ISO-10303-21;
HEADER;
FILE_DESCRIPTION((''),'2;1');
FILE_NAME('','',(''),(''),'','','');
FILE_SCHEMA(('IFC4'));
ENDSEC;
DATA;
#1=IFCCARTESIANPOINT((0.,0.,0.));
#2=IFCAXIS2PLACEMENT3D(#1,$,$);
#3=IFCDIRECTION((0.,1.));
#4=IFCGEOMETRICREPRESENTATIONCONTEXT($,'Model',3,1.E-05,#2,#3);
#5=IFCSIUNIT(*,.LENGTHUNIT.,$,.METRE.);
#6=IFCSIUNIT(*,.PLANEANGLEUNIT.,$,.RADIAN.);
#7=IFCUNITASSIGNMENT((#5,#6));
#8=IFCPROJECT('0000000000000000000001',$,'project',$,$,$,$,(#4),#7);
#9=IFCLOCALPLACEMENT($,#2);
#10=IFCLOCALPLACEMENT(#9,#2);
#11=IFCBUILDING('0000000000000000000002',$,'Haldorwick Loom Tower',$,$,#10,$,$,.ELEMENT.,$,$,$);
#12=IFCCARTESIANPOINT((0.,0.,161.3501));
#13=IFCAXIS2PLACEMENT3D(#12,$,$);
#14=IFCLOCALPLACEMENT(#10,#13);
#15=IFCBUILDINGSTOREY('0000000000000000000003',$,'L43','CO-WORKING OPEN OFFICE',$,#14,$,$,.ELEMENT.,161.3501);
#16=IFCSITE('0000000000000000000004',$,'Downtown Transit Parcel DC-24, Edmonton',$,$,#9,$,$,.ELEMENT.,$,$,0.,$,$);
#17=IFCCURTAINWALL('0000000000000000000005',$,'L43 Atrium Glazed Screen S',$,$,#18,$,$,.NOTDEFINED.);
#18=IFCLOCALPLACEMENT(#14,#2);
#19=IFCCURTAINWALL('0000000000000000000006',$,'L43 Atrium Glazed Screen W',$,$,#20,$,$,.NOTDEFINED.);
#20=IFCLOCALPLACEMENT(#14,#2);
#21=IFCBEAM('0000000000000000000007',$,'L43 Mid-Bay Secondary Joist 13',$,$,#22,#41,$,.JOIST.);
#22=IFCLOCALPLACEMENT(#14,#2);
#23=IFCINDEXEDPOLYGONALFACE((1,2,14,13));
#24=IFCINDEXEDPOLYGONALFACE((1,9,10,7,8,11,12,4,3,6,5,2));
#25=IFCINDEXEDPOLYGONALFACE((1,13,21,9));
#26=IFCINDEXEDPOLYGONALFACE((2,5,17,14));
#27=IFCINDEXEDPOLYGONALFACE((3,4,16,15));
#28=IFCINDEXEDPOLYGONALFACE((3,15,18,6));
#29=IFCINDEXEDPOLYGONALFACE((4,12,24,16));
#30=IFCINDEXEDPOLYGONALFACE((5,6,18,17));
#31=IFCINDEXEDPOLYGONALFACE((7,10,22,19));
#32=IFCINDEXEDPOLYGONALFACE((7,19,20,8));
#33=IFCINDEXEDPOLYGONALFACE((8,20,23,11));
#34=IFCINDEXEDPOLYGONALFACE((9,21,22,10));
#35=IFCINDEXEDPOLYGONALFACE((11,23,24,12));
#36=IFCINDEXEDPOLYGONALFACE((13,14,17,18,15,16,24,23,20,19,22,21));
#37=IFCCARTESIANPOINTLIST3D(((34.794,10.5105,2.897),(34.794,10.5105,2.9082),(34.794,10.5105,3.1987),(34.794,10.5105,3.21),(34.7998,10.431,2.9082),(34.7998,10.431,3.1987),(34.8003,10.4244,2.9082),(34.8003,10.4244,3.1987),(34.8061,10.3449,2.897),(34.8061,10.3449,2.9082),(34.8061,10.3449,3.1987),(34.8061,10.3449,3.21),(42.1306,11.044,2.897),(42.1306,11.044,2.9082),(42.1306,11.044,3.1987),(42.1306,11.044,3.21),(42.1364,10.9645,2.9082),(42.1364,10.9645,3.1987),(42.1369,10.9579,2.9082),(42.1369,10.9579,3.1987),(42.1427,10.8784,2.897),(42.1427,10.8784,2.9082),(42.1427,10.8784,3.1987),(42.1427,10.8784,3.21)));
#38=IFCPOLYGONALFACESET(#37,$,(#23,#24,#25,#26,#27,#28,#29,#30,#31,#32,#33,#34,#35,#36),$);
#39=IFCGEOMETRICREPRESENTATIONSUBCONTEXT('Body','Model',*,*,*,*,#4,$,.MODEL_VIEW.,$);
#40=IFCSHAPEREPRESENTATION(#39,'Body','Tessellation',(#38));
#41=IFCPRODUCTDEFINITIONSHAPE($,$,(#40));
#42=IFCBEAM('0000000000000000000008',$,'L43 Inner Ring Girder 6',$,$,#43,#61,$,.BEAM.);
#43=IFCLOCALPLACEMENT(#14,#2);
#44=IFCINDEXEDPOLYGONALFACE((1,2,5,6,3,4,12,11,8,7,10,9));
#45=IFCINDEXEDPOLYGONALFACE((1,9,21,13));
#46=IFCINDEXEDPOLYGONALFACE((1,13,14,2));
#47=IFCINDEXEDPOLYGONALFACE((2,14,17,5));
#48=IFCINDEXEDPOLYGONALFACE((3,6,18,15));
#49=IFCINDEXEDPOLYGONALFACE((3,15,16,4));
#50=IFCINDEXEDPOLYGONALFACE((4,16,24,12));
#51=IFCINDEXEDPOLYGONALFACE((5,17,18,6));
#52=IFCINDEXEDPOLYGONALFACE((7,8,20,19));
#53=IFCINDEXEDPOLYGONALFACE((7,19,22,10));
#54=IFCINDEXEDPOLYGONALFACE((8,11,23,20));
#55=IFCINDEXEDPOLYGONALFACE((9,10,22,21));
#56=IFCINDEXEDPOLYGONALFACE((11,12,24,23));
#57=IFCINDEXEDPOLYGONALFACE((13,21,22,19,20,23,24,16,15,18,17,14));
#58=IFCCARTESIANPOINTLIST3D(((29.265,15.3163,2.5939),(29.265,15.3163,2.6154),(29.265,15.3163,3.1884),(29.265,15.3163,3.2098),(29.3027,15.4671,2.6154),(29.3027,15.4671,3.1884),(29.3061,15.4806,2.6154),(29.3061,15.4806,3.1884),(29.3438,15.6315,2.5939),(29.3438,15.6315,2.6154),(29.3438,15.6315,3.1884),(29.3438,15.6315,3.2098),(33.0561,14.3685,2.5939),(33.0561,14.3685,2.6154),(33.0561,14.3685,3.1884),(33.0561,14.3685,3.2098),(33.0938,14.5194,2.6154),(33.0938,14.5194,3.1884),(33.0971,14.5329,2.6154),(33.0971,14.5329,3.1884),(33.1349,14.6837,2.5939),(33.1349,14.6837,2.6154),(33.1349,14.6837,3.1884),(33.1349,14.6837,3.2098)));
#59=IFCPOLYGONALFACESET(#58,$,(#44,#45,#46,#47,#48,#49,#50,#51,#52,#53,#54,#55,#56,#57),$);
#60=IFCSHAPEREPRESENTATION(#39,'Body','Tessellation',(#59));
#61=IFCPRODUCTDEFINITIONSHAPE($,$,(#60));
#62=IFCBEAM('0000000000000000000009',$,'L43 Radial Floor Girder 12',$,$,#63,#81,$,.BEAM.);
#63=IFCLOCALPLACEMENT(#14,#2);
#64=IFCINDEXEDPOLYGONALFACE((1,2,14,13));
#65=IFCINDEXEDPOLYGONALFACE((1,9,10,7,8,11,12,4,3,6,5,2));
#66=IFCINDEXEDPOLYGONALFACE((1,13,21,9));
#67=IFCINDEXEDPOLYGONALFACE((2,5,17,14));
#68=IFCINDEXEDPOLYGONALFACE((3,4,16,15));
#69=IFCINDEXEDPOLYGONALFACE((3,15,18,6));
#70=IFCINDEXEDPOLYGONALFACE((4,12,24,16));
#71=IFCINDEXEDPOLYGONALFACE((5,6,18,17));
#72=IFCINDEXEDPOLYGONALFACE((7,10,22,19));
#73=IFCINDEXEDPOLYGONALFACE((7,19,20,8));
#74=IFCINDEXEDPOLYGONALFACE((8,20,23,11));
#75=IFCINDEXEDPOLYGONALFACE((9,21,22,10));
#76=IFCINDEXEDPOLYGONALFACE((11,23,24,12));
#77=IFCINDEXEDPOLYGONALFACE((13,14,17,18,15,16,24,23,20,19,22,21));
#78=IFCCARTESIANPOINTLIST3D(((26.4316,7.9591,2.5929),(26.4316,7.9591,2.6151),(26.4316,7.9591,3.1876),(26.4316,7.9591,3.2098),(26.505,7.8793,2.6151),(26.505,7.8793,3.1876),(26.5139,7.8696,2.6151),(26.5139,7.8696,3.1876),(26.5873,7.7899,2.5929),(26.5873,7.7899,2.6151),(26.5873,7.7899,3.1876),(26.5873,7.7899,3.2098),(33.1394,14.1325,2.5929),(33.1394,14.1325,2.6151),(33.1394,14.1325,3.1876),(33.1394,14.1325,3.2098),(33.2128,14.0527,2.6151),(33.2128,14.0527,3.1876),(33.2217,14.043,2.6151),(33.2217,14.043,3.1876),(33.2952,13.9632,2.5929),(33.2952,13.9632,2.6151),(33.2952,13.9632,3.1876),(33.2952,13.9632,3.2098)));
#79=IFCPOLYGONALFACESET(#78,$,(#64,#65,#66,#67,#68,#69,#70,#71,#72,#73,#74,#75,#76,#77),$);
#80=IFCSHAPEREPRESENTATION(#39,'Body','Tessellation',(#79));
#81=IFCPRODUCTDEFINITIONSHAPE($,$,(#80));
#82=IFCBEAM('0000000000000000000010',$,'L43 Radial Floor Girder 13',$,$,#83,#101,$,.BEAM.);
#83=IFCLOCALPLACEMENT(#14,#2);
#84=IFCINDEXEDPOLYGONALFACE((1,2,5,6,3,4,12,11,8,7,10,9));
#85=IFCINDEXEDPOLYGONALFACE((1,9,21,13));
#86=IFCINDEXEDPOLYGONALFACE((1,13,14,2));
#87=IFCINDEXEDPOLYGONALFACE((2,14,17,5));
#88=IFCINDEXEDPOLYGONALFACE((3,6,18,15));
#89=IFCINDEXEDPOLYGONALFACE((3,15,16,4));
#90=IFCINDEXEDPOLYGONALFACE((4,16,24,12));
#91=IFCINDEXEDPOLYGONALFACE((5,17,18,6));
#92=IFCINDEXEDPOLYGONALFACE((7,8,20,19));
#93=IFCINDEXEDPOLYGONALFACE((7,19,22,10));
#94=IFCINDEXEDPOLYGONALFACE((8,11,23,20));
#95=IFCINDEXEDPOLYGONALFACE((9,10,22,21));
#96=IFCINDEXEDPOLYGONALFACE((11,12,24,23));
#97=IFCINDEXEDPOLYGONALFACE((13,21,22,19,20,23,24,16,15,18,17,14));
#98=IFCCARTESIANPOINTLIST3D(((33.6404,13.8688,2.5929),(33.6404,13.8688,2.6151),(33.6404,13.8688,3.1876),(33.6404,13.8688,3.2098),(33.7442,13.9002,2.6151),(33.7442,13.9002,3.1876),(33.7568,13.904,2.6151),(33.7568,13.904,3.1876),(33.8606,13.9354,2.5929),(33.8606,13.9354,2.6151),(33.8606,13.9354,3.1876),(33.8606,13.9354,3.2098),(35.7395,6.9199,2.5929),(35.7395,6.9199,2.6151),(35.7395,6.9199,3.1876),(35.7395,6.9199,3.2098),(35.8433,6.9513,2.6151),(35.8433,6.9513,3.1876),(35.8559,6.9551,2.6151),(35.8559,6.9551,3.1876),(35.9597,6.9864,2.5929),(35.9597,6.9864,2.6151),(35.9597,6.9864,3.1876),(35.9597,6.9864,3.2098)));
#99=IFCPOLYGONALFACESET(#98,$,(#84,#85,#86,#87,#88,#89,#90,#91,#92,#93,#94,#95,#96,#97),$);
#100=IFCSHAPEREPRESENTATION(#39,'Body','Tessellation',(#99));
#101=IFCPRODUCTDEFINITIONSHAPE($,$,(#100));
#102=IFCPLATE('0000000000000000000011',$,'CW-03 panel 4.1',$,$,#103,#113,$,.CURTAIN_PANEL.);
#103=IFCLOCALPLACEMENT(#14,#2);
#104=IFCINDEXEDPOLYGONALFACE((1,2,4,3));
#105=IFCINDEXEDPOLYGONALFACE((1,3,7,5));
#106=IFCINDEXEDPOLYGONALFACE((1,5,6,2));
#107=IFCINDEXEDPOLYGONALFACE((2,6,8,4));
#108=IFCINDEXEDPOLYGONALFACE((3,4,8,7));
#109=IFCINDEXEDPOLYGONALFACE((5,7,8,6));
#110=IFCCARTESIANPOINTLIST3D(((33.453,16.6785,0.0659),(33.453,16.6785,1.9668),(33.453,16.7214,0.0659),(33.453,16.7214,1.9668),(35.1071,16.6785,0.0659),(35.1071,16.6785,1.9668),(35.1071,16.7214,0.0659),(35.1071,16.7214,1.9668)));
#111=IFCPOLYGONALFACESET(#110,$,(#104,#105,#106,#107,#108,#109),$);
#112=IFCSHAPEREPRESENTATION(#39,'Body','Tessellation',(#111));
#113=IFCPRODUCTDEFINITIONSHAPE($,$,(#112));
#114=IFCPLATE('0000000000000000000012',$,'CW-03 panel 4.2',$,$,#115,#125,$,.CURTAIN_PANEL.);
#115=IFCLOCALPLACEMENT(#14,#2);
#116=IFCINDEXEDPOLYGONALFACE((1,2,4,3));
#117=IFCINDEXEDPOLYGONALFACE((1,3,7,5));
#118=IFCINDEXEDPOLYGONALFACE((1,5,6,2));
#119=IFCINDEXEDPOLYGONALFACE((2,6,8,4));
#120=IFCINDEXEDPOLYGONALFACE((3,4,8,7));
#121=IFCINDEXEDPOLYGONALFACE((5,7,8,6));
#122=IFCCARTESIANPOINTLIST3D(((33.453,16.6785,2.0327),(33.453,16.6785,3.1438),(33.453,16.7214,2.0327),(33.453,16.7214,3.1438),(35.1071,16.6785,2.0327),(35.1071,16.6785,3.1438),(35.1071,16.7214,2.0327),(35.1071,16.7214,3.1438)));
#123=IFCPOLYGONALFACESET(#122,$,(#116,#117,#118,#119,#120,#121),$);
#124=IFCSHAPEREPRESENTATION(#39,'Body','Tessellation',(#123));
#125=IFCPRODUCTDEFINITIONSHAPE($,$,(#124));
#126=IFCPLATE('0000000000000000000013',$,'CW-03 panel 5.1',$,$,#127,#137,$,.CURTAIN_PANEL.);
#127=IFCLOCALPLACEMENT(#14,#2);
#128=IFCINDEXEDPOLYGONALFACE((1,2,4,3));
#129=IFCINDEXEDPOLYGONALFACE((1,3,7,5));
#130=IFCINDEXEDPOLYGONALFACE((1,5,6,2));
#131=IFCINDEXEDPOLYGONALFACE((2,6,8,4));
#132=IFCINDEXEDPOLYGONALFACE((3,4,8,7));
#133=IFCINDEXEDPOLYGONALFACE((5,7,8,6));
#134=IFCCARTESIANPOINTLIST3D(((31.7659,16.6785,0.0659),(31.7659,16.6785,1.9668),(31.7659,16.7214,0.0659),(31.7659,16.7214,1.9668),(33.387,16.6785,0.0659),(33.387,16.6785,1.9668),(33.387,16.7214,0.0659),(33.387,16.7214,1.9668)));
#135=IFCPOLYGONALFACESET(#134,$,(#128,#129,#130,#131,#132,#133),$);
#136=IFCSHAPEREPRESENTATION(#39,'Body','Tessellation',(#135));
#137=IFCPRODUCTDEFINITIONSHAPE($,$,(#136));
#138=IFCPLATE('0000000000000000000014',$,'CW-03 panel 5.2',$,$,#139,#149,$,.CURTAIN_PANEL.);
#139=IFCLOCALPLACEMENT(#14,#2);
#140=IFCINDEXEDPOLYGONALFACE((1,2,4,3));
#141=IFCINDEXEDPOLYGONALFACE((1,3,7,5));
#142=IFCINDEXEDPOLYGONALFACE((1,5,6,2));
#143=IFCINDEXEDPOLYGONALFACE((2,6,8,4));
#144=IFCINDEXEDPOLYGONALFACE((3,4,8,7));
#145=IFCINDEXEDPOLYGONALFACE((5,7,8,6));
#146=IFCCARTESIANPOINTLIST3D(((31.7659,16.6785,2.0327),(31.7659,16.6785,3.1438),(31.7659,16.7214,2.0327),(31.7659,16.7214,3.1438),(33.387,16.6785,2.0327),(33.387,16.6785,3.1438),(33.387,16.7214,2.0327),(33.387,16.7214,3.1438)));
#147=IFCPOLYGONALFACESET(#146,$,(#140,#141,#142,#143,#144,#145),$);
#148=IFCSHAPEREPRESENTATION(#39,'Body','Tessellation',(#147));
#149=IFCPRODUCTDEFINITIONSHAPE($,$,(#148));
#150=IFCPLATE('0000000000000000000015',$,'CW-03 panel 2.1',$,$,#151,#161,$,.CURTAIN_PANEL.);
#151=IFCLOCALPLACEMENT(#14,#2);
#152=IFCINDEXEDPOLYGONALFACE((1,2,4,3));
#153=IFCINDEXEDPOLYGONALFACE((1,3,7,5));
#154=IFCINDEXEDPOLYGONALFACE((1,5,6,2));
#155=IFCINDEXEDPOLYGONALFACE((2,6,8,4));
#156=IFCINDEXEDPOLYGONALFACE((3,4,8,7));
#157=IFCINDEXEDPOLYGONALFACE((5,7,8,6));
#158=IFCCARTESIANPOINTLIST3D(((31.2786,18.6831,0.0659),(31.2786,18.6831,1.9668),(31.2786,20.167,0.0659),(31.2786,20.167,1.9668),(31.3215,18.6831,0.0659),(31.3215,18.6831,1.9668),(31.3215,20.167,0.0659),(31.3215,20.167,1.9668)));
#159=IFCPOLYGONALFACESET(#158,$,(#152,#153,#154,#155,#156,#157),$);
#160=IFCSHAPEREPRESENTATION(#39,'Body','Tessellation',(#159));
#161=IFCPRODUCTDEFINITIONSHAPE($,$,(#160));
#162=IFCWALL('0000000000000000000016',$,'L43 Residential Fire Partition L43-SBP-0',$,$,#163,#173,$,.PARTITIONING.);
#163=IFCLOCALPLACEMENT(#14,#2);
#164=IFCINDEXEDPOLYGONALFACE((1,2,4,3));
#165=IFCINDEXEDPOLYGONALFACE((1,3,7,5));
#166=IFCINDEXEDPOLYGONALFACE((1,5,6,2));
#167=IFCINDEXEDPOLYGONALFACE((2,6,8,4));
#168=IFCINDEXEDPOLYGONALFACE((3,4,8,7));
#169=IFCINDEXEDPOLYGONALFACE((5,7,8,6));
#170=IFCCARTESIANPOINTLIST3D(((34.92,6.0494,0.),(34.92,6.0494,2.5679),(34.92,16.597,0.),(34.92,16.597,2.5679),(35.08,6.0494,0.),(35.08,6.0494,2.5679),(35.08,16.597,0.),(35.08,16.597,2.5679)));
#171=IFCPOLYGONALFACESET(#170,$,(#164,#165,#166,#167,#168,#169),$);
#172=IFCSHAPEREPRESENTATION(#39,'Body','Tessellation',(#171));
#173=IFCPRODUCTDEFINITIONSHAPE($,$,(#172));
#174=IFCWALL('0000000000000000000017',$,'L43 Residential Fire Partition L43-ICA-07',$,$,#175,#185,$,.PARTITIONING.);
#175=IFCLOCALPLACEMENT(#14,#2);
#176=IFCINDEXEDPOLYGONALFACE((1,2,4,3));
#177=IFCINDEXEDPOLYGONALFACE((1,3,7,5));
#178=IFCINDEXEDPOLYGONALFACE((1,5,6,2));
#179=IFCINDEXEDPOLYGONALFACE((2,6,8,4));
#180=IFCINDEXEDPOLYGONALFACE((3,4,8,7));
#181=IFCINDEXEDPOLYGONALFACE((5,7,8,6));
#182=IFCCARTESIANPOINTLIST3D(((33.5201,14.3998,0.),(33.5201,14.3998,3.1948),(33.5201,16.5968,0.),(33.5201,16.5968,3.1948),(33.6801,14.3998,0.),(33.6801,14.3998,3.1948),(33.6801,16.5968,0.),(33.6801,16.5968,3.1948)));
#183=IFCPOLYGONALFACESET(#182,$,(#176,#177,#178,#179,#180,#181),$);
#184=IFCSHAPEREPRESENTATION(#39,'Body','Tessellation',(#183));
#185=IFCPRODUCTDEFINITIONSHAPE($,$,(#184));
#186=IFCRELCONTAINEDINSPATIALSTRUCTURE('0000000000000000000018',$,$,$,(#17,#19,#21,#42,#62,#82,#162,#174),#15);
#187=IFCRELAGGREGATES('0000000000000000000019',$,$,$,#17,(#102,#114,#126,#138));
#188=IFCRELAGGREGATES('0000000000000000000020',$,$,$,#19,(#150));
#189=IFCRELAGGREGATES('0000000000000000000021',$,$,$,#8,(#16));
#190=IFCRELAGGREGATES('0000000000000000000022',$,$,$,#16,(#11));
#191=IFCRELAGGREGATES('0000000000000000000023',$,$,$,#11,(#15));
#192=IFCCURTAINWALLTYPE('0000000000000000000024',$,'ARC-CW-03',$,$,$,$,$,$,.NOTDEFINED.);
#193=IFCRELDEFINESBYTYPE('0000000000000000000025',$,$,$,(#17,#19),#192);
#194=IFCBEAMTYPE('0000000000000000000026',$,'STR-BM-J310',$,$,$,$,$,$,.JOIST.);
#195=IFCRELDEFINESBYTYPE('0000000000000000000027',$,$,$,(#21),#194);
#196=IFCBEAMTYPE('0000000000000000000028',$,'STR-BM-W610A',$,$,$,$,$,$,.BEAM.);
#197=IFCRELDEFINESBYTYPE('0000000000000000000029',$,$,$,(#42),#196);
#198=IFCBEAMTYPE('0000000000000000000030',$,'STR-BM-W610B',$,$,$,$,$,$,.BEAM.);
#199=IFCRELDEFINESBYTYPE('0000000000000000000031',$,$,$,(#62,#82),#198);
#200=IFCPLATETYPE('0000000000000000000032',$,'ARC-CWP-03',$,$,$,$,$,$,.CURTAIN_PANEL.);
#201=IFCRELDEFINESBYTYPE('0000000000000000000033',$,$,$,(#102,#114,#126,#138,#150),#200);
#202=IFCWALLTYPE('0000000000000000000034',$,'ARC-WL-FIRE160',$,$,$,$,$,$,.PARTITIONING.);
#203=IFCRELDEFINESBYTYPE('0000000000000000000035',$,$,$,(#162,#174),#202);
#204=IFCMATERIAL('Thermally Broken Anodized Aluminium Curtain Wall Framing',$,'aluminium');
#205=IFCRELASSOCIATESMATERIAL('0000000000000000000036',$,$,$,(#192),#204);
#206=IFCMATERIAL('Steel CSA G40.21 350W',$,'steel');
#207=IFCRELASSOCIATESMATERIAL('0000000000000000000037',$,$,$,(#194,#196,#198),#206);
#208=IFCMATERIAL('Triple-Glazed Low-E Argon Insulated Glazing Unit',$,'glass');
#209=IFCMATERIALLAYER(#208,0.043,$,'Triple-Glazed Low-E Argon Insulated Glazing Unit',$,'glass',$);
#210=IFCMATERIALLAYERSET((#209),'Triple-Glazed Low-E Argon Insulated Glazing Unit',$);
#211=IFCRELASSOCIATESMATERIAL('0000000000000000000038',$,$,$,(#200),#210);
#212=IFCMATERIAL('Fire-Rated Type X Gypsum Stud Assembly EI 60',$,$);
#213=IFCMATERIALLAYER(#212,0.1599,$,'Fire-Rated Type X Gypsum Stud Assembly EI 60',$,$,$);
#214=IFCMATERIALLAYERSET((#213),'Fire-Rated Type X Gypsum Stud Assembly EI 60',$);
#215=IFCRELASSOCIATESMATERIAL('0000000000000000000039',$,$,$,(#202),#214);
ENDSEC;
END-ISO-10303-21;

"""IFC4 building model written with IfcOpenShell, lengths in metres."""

from ifc_helpers import new_model, si_unit, direction, frame, frame_2d, origin, origin_2d, place, context, subcontext, project, spatial, rectangle, i_section, extrude, material, layer, layer_set, material_profile, profile_set, type_object, element, aggregate, save


model = new_model("IFC4")

# Units and contexts
model_context = context("Model", 3, precision=1e-05, world=origin(), true_north=direction((0.0, 1.0)))
body_context = subcontext(model_context, "Body", "Model", "MODEL_VIEW")
ifc_project = project(units=[si_unit("LENGTHUNIT", "METRE"), si_unit("PLANEANGLEUNIT", "RADIAN")], contexts=[model_context])

# Site, building, storey
site_placement = place(None, origin())
site = spatial("IfcSite", under=ifc_project, at=site_placement, Name="Downtown Transit Parcel DC-24, Edmonton", CompositionType="ELEMENT", RefElevation=0.0)
building_placement = place(site_placement, origin())
building = spatial("IfcBuilding", under=site, at=building_placement, Name="Haldorwick Loom Tower", CompositionType="ELEMENT")
storey_placement = place(building_placement, frame((0.0, 0.0, 161.3501)))
storey = spatial("IfcBuildingStorey", under=building, at=storey_placement, Name="L43", Description="CO-WORKING OPEN OFFICE", CompositionType="ELEMENT", Elevation=161.3501)

# Curtain walls
ifc_material_1 = material(Name="Thermally Broken Anodized Aluminium Curtain Wall Framing", Category="aluminium")
curtain_wall_type = type_object("IfcCurtainWallType", Name="ARC-CW-03", PredefinedType="NOTDEFINED", material=ifc_material_1)
curtain_wall_1_placement = place(storey_placement, origin())
curtain_wall_1 = element("IfcCurtainWall", 1, at=curtain_wall_1_placement, inside=storey, type_object=curtain_wall_type, Name="L43 Atrium Glazed Screen S", PredefinedType="NOTDEFINED")
curtain_wall_2_placement = place(storey_placement, origin())
curtain_wall_2 = element("IfcCurtainWall", 2, at=curtain_wall_2_placement, inside=storey, type_object=curtain_wall_type, Name="L43 Atrium Glazed Screen W", PredefinedType="NOTDEFINED")

# Beams
ifc_material_2 = material(Name="Steel CSA G40.21 350W", Category="steel")
ifc_material_profile_1 = material_profile(ifc_material_2, i_section(OverallWidth=0.166, OverallDepth=0.313, WebThickness=0.0066, FlangeThickness=0.0112, at=origin_2d()), Name="W310X45", Category="steel")
ifc_profile_set_1 = profile_set([ifc_material_profile_1], Name="Steel CSA G40.21 350W")
beam_type_1 = type_object("IfcBeamType", Name="STR-BM-J310", PredefinedType="JOIST", material=ifc_profile_set_1)
beam_1_placement = place(storey_placement, frame((34.8, 10.4277, 3.0535), z_axis=(0.997367, 0.072518, 0.0), x_axis=(-0.072518, 0.997367, 0.0)))
element("IfcBeam", 3, at=beam_1_placement, inside=storey, type_object=beam_type_1, Name="L43 Mid-Bay Secondary Joist 13", PredefinedType="JOIST", context=body_context, shape_type="SweptSolid", body=[
    extrude(i_section(OverallWidth=0.166, OverallDepth=0.313, WebThickness=0.0066, FlangeThickness=0.0112, at=origin_2d()), origin(), (0.0, 0.0, 1.0), 7.356),
])
ifc_material_profile_2 = material_profile(ifc_material_2, i_section(OverallWidth=0.325, OverallDepth=0.616, WebThickness=0.0139, FlangeThickness=0.0215, at=origin_2d()), Name="W610X174", Category="steel")
ifc_profile_set_2 = profile_set([ifc_material_profile_2], Name="Steel CSA G40.21 350W")
beam_type_2 = type_object("IfcBeamType", Name="STR-BM-W610A", PredefinedType="BEAM", material=ifc_profile_set_2)
beam_2_placement = place(storey_placement, frame((33.0955, 14.5261, 2.9019), z_axis=(-0.970143, 0.242536, 0.0), x_axis=(-0.242536, -0.970143, 0.0)))
element("IfcBeam", 4, at=beam_2_placement, inside=storey, type_object=beam_type_2, Name="L43 Inner Ring Girder 6", PredefinedType="BEAM", context=body_context, shape_type="SweptSolid", body=[
    extrude(i_section(OverallWidth=0.325, OverallDepth=0.616, WebThickness=0.0139, FlangeThickness=0.0215, at=origin_2d()), origin(), (0.0, 0.0, 1.0), 3.9077),
])
ifc_material_profile_3 = material_profile(ifc_material_2, i_section(OverallWidth=0.23, OverallDepth=0.6169, WebThickness=0.0132, FlangeThickness=0.0222, at=origin_2d()), Name="W610X140", Category="steel")
ifc_profile_set_3 = profile_set([ifc_material_profile_3], Name="Steel CSA G40.21 350W")
beam_type_3 = type_object("IfcBeamType", Name="STR-BM-W610B", PredefinedType="BEAM", material=ifc_profile_set_3)
beam_3_placement = place(storey_placement, frame((33.2173, 14.0479, 2.9014), z_axis=(-0.735811, -0.677187, 0.0), x_axis=(0.677187, -0.735811, 0.0)))
element("IfcBeam", 5, at=beam_3_placement, inside=storey, type_object=beam_type_3, Name="L43 Radial Floor Girder 12", PredefinedType="BEAM", context=body_context, shape_type="SweptSolid", body=[
    extrude(i_section(OverallWidth=0.23, OverallDepth=0.6169, WebThickness=0.0132, FlangeThickness=0.0222, at=origin_2d()), origin(), (0.0, 0.0, 1.0), 9.1162),
])
beam_4_placement = place(storey_placement, frame((33.7505, 13.9021, 2.9014), z_axis=(0.289171, -0.957277, 0.0), x_axis=(0.957277, 0.289171, 0.0)))
element("IfcBeam", 6, at=beam_4_placement, inside=storey, type_object=beam_type_3, Name="L43 Radial Floor Girder 13", PredefinedType="BEAM", context=body_context, shape_type="SweptSolid", body=[
    extrude(i_section(OverallWidth=0.23, OverallDepth=0.6169, WebThickness=0.0132, FlangeThickness=0.0222, at=origin_2d()), origin(), (0.0, 0.0, 1.0), 7.259),
])

# Plates
ifc_material_3 = material(Name="Triple-Glazed Low-E Argon Insulated Glazing Unit", Category="glass")
ifc_layer_1 = layer(ifc_material_3, 0.043, Name="Triple-Glazed Low-E Argon Insulated Glazing Unit", Category="glass")
ifc_layer_set_1 = layer_set([ifc_layer_1], Name="Triple-Glazed Low-E Argon Insulated Glazing Unit")
plate_type = type_object("IfcPlateType", Name="ARC-CWP-03", PredefinedType="CURTAIN_PANEL", material=ifc_layer_set_1)
plate_1_placement = place(storey_placement, frame((34.28, 16.7, 0.0659), z_axis=(0.0, 0.0, 1.0), x_axis=(-1.0, 0.0, 0.0)))
plate_1 = element("IfcPlate", 7, at=plate_1_placement, type_object=plate_type, Name="CW-03 panel 4.1", PredefinedType="CURTAIN_PANEL", context=body_context, shape_type="SweptSolid", body=[
    extrude(rectangle(XDim=1.6541, YDim=0.043, at=origin_2d()), origin(), (0.0, 0.0, 1.0), 1.9009),
])
plate_2_placement = place(storey_placement, frame((34.28, 16.7, 2.0327), z_axis=(0.0, 0.0, 1.0), x_axis=(-1.0, 0.0, 0.0)))
plate_2 = element("IfcPlate", 8, at=plate_2_placement, type_object=plate_type, Name="CW-03 panel 4.2", PredefinedType="CURTAIN_PANEL", context=body_context, shape_type="SweptSolid", body=[
    extrude(rectangle(XDim=1.6541, YDim=0.043, at=origin_2d()), origin(), (0.0, 0.0, 1.0), 1.1111),
])
plate_3_placement = place(storey_placement, frame((32.5764, 16.7, 0.0659), z_axis=(0.0, 0.0, 1.0), x_axis=(-1.0, 0.0, 0.0)))
plate_3 = element("IfcPlate", 9, at=plate_3_placement, type_object=plate_type, Name="CW-03 panel 5.1", PredefinedType="CURTAIN_PANEL", context=body_context, shape_type="SweptSolid", body=[
    extrude(rectangle(XDim=1.6211, YDim=0.043, at=origin_2d()), origin(), (0.0, 0.0, 1.0), 1.9009),
])
plate_4_placement = place(storey_placement, frame((32.5764, 16.7, 2.0327), z_axis=(0.0, 0.0, 1.0), x_axis=(-1.0, 0.0, 0.0)))
plate_4 = element("IfcPlate", 10, at=plate_4_placement, type_object=plate_type, Name="CW-03 panel 5.2", PredefinedType="CURTAIN_PANEL", context=body_context, shape_type="SweptSolid", body=[
    extrude(rectangle(XDim=1.6211, YDim=0.043, at=origin_2d()), origin(), (0.0, 0.0, 1.0), 1.1111),
])
aggregate(curtain_wall_1, [plate_1, plate_2, plate_3, plate_4])
plate_5_placement = place(storey_placement, frame((31.3, 19.425, 0.0659), z_axis=(0.0, 0.0, 1.0), x_axis=(0.0, 1.0, 0.0)))
plate_5 = element("IfcPlate", 11, at=plate_5_placement, type_object=plate_type, Name="CW-03 panel 2.1", PredefinedType="CURTAIN_PANEL", context=body_context, shape_type="SweptSolid", body=[
    extrude(rectangle(XDim=1.4839, YDim=0.043, at=origin_2d()), origin(), (0.0, 0.0, 1.0), 1.9009),
])
aggregate(curtain_wall_2, [plate_5])

# Walls
ifc_material_4 = material(Name="Fire-Rated Type X Gypsum Stud Assembly EI 60")
ifc_layer_2 = layer(ifc_material_4, 0.1599, Name="Fire-Rated Type X Gypsum Stud Assembly EI 60")
ifc_layer_set_2 = layer_set([ifc_layer_2], Name="Fire-Rated Type X Gypsum Stud Assembly EI 60")
wall_type = type_object("IfcWallType", Name="ARC-WL-FIRE160", PredefinedType="PARTITIONING", material=ifc_layer_set_2)
wall_1_placement = place(storey_placement, frame((35.0, 6.0493, 0.0), z_axis=(0.0, 0.0, 1.0), x_axis=(0.0, 1.0, 0.0)))
element("IfcWall", 12, at=wall_1_placement, inside=storey, type_object=wall_type, Name="L43 Residential Fire Partition L43-SBP-0", PredefinedType="PARTITIONING", context=body_context, shape_type="SweptSolid", body=[
    extrude(rectangle(XDim=10.5476, YDim=0.1599, at=frame_2d((5.2739, 0.0))), origin(), (0.0, 0.0, 1.0), 2.5679),
])
wall_2_placement = place(storey_placement, frame((33.6001, 16.5969, 0.0), z_axis=(0.0, 0.0, 1.0), x_axis=(0.0, -1.0, 0.0)))
element("IfcWall", 13, at=wall_2_placement, inside=storey, type_object=wall_type, Name="L43 Residential Fire Partition L43-ICA-07", PredefinedType="PARTITIONING", context=body_context, shape_type="SweptSolid", body=[
    extrude(rectangle(XDim=2.197, YDim=0.1599, at=frame_2d((1.0986, 0.0))), origin(), (0.0, 0.0, 1.0), 3.1948),
])

save(model, "model.ifc")
